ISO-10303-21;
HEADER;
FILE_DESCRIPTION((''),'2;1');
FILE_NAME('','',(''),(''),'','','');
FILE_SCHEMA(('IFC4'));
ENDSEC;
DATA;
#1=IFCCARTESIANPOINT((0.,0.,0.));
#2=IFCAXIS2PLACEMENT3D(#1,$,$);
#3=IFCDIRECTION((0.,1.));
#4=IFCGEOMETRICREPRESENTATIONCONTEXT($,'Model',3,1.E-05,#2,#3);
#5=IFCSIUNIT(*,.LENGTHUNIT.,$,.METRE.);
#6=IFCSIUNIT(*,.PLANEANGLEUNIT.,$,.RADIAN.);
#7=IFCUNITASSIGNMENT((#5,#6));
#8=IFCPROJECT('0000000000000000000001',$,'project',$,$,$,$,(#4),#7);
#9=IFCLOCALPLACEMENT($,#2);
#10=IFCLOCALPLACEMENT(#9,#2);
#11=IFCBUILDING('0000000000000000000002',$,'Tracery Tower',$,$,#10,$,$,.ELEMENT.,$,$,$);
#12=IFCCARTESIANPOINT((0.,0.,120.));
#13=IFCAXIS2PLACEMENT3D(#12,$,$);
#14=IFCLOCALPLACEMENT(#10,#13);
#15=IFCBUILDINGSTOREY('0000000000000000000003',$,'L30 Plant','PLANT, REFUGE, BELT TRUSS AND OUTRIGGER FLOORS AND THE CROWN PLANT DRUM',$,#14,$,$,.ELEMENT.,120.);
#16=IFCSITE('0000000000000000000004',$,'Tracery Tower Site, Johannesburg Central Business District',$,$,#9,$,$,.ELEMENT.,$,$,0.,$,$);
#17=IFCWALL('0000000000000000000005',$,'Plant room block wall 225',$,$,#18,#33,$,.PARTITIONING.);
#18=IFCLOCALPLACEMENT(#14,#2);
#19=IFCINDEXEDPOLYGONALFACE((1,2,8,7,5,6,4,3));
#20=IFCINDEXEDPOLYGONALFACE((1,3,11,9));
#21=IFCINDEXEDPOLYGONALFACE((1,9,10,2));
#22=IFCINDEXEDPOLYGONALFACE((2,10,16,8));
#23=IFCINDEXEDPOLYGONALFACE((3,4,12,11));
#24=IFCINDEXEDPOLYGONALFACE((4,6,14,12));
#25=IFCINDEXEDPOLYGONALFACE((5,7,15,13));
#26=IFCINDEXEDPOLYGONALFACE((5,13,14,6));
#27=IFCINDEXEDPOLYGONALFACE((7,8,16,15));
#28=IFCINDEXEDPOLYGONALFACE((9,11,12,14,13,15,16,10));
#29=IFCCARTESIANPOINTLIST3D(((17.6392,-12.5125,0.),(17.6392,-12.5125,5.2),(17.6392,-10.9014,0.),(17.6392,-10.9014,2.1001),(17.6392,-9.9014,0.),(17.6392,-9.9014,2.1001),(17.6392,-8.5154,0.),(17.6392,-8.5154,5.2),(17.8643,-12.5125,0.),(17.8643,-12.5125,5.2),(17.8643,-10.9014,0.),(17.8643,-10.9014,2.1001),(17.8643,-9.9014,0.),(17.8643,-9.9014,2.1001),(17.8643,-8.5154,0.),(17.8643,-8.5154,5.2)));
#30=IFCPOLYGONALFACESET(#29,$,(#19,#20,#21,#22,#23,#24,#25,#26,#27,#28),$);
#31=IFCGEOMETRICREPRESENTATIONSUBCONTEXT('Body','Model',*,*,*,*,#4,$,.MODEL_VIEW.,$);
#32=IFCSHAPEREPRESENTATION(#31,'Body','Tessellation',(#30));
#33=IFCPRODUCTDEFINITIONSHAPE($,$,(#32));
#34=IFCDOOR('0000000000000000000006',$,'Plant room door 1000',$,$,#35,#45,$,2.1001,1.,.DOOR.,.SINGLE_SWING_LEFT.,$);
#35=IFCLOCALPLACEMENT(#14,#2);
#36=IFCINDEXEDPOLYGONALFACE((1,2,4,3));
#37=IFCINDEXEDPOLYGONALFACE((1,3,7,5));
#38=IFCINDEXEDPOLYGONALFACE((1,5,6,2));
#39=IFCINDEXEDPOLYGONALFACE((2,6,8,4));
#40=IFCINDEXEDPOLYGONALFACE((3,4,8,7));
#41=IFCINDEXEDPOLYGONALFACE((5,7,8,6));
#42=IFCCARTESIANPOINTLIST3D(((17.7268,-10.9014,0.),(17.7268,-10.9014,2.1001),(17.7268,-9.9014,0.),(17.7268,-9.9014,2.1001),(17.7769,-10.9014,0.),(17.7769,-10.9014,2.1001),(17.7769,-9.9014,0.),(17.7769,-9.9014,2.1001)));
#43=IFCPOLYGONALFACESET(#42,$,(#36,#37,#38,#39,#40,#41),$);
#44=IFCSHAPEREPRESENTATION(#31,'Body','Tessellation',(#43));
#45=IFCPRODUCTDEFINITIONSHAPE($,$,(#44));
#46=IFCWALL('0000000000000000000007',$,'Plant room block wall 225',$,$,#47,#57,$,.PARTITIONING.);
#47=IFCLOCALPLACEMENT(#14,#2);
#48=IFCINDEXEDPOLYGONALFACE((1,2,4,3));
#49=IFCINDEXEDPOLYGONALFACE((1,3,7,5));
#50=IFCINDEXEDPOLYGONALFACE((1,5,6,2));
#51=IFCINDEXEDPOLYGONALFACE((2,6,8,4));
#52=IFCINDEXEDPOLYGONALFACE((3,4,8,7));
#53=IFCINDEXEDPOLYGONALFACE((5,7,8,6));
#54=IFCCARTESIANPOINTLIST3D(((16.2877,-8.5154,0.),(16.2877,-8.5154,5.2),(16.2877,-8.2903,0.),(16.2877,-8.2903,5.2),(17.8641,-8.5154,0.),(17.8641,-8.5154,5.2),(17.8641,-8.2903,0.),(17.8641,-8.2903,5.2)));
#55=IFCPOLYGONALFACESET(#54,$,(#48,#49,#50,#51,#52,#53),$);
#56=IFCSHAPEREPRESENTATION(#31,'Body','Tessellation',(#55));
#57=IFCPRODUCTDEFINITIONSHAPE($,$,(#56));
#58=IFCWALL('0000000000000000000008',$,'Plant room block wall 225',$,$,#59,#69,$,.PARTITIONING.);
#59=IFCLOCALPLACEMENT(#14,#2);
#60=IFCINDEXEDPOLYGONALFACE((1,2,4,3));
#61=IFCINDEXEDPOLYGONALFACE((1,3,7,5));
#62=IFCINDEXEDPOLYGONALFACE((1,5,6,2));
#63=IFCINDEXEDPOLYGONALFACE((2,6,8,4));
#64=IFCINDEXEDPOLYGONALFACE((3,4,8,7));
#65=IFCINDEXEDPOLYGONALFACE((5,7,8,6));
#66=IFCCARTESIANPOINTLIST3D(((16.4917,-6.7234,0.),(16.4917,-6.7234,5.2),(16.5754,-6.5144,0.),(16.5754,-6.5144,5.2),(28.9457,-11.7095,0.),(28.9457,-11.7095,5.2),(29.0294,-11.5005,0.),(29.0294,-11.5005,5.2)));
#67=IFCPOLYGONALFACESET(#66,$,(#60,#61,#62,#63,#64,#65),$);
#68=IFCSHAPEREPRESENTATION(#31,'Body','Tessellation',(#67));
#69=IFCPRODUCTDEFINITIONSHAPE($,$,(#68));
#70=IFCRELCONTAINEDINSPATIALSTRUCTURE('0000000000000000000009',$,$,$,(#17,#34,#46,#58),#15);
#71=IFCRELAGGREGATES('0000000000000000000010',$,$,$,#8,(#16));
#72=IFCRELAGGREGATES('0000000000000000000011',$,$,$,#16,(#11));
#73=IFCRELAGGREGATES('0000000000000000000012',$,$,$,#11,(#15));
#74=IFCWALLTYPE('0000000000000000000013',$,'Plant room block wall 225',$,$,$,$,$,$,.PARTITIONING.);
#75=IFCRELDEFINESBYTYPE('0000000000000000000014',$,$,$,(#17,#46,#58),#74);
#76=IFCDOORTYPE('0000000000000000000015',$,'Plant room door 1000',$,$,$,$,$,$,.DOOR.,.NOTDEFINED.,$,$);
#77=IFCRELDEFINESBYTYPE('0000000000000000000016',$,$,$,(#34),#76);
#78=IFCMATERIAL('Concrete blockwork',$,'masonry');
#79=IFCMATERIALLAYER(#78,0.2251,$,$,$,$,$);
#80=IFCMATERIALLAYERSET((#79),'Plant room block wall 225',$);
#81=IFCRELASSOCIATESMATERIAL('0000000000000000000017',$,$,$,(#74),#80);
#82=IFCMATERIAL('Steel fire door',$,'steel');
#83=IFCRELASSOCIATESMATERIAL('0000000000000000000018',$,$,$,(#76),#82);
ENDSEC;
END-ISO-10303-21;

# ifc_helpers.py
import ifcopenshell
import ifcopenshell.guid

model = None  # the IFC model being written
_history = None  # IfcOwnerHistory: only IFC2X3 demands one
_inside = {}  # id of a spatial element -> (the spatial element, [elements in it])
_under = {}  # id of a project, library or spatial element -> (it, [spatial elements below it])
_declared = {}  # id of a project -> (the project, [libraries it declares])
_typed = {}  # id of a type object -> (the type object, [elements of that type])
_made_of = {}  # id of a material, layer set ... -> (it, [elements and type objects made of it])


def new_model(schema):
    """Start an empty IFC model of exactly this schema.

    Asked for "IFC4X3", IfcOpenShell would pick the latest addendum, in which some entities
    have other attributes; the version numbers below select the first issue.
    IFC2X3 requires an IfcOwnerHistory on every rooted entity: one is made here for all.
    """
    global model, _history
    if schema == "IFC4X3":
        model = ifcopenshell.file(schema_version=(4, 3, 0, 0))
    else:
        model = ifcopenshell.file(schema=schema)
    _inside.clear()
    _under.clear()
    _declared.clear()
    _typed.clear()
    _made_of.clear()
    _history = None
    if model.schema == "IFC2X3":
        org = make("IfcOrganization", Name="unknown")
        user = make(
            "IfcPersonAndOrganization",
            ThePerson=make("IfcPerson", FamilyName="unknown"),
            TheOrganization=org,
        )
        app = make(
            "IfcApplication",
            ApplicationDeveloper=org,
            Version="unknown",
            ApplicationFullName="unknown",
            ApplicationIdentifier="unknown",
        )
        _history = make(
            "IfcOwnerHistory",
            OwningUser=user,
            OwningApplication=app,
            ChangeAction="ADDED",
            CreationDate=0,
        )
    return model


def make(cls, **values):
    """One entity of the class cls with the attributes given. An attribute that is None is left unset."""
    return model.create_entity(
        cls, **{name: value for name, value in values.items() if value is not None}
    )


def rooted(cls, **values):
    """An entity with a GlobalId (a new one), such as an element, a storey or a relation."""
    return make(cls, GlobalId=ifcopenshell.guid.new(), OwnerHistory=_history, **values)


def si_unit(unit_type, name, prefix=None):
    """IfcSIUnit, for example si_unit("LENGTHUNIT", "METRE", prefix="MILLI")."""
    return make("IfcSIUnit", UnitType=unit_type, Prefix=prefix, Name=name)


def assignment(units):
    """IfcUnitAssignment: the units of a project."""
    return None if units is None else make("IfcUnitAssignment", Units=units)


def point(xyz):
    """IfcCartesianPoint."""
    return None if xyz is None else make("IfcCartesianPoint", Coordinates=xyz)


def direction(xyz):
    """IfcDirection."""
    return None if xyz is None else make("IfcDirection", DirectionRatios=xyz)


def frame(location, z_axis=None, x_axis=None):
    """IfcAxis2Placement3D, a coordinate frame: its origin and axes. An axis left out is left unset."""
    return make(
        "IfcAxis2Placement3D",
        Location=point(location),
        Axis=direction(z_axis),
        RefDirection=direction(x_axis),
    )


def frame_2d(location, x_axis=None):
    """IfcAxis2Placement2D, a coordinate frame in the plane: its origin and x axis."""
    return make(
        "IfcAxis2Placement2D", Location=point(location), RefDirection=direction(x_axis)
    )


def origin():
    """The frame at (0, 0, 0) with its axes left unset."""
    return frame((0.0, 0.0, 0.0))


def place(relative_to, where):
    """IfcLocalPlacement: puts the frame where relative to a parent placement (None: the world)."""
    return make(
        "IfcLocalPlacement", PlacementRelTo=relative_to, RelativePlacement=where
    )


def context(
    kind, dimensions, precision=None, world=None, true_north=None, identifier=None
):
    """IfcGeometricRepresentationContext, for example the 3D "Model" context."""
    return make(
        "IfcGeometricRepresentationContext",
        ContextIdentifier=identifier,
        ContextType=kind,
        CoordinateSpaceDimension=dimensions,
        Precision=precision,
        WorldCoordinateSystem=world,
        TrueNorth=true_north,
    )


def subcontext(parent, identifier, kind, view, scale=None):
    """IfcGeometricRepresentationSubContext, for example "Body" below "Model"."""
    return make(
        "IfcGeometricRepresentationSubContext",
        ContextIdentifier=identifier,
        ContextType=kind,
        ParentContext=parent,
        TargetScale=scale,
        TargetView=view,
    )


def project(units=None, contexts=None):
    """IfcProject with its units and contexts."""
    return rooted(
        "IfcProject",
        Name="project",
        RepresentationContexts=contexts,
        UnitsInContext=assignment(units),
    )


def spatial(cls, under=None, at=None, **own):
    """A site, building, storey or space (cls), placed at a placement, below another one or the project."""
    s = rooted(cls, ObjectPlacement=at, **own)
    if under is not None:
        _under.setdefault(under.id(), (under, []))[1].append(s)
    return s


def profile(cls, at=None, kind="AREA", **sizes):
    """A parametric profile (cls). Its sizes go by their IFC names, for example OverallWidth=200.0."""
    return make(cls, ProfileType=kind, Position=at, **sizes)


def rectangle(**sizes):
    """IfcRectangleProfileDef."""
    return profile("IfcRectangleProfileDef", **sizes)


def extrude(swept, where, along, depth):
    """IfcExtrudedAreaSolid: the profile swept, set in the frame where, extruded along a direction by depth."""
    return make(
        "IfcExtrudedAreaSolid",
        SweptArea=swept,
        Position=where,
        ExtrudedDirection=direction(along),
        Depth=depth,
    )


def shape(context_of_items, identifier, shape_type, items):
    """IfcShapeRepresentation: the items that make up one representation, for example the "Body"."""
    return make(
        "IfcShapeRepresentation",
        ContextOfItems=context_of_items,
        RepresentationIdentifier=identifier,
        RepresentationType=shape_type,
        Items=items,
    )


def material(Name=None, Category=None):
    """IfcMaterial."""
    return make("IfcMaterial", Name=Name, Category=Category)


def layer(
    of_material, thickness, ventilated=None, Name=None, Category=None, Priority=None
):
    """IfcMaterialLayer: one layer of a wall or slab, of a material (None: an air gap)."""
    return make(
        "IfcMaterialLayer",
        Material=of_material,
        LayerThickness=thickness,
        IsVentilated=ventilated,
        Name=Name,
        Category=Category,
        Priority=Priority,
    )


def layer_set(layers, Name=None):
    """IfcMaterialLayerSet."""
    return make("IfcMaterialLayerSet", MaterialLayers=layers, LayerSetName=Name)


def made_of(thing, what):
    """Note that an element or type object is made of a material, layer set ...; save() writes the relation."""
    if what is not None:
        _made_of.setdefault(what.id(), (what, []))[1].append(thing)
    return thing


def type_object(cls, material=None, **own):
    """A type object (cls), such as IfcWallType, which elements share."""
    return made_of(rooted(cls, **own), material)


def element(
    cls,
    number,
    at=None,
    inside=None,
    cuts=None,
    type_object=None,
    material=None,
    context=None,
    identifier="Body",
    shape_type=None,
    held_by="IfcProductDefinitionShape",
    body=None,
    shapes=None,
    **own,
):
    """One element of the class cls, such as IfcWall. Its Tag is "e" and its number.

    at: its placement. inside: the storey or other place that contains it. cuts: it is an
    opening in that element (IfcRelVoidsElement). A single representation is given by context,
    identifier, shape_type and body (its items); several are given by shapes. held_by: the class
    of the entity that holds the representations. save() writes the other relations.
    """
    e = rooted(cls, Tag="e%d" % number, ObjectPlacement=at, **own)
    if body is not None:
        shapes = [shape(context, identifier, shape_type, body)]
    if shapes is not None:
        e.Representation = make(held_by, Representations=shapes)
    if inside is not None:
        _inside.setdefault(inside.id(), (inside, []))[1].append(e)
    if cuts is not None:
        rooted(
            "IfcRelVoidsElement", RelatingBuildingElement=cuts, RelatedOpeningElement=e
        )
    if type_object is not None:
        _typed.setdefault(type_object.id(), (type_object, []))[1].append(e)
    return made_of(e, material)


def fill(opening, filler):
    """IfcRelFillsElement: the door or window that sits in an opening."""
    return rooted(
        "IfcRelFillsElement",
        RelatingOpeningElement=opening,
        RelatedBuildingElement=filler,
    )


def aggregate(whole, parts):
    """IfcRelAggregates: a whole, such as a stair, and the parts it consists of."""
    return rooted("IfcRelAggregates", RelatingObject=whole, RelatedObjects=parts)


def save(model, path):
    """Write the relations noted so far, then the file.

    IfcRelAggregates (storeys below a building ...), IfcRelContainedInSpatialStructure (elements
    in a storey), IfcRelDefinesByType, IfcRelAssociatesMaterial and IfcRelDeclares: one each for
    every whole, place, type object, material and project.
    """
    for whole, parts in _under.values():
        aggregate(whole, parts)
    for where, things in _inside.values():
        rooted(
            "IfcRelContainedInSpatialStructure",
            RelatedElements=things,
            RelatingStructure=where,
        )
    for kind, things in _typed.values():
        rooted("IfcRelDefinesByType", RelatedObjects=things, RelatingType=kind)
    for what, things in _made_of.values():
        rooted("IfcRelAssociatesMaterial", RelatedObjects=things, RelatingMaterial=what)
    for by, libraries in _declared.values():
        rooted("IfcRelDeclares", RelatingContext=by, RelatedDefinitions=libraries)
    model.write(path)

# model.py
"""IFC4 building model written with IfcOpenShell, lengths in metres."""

from ifc_helpers import new_model, si_unit, direction, frame, frame_2d, origin, place, context, subcontext, project, spatial, rectangle, extrude, material, layer, layer_set, type_object, element, fill, save


model = new_model("IFC4")

# Units and contexts
model_context = context("Model", 3, precision=1e-05, world=origin(), true_north=direction((0.0, 1.0)))
body_context = subcontext(model_context, "Body", "Model", "MODEL_VIEW")
ifc_project = project(units=[si_unit("LENGTHUNIT", "METRE"), si_unit("PLANEANGLEUNIT", "RADIAN")], contexts=[model_context])

# Site, building, storey
site_placement = place(None, origin())
site = spatial("IfcSite", under=ifc_project, at=site_placement, Name="Tracery Tower Site, Johannesburg Central Business District", CompositionType="ELEMENT", RefElevation=0.0)
building_placement = place(site_placement, origin())
building = spatial("IfcBuilding", under=site, at=building_placement, Name="Tracery Tower", CompositionType="ELEMENT")
storey_placement = place(building_placement, frame((0.0, 0.0, 120.0)))
storey = spatial("IfcBuildingStorey", under=building, at=storey_placement, Name="L30 Plant", Description="PLANT, REFUGE, BELT TRUSS AND OUTRIGGER FLOORS AND THE CROWN PLANT DRUM", CompositionType="ELEMENT", Elevation=120.0)

# Wall, opening, door
ifc_material_1 = material(Name="Concrete blockwork", Category="masonry")
ifc_layer_1 = layer(ifc_material_1, 0.2251)
ifc_layer_set_1 = layer_set([ifc_layer_1], Name="Plant room block wall 225")
wall_type_1 = type_object("IfcWallType", Name="Plant room block wall 225", PredefinedType="PARTITIONING", material=ifc_layer_set_1)
wall_1_placement = place(storey_placement, frame((17.7517, -12.5125, 0.0), z_axis=(0.0, 0.0, 1.0), x_axis=(0.0, 1.0, 0.0)))
wall_1 = element("IfcWall", 1, at=wall_1_placement, inside=storey, type_object=wall_type_1, Name="Plant room block wall 225", PredefinedType="PARTITIONING", context=body_context, shape_type="SweptSolid", body=[
    extrude(rectangle(XDim=3.9971, YDim=0.2251, at=frame_2d((1.9985, 0.0))), origin(), (0.0, 0.0, 1.0), 5.2),
])
opening_1_placement = place(wall_1_placement, frame((1.6111, 0.0, 0.0)))
opening_1 = element("IfcOpeningElement", 2, at=opening_1_placement, cuts=wall_1, PredefinedType="OPENING", context=body_context, shape_type="SweptSolid", body=[
    extrude(rectangle(XDim=1.0, YDim=2.1001, at=frame_2d((0.5, 1.05))), frame((0.0, 0.1125, 0.0), z_axis=(0.0, -1.0, 0.0), x_axis=(1.0, 0.0, 0.0)), (0.0, 0.0, 1.0), 0.2251),
])
ifc_material_2 = material(Name="Steel fire door", Category="steel")
door_type_1 = type_object("IfcDoorType", Name="Plant room door 1000", OperationType="NOTDEFINED", PredefinedType="DOOR", material=ifc_material_2)
door_1_placement = place(opening_1_placement, origin())
door_1 = element("IfcDoor", 3, at=door_1_placement, inside=storey, type_object=door_type_1, Name="Plant room door 1000", OperationType="SINGLE_SWING_LEFT", OverallHeight=2.1001, OverallWidth=1.0, PredefinedType="DOOR", context=body_context, shape_type="SweptSolid", body=[
    extrude(rectangle(XDim=1.0, YDim=2.1001, at=frame_2d((0.5, 1.05))), frame((0.0, 0.0249, 0.0), z_axis=(0.0, -1.0, 0.0), x_axis=(1.0, 0.0, 0.0)), (0.0, 0.0, 1.0), 0.05),
])
fill(opening_1, door_1)

# Walls
wall_2_placement = place(storey_placement, frame((17.864, -8.4028, 0.0), z_axis=(0.0, 0.0, 1.0), x_axis=(-1.0, 0.0, 0.0)))
element("IfcWall", 4, at=wall_2_placement, inside=storey, type_object=wall_type_1, Name="Plant room block wall 225", PredefinedType="PARTITIONING", context=body_context, shape_type="SweptSolid", body=[
    extrude(rectangle(XDim=1.5764, YDim=0.2251, at=frame_2d((0.7881, 0.0))), origin(), (0.0, 0.0, 1.0), 5.2),
])
wall_3_placement = place(storey_placement, frame((28.9875, -11.605, 0.0), z_axis=(0.0, 0.0, 1.0), x_axis=(-0.928362, 0.371676, 0.0)))
element("IfcWall", 5, at=wall_3_placement, inside=storey, type_object=wall_type_1, Name="Plant room block wall 225", PredefinedType="PARTITIONING", context=body_context, shape_type="SweptSolid", body=[
    extrude(rectangle(XDim=13.415, YDim=0.2251, at=frame_2d((6.7075, 0.0))), origin(), (0.0, 0.0, 1.0), 5.2),
])

save(model, "model.ifc")
